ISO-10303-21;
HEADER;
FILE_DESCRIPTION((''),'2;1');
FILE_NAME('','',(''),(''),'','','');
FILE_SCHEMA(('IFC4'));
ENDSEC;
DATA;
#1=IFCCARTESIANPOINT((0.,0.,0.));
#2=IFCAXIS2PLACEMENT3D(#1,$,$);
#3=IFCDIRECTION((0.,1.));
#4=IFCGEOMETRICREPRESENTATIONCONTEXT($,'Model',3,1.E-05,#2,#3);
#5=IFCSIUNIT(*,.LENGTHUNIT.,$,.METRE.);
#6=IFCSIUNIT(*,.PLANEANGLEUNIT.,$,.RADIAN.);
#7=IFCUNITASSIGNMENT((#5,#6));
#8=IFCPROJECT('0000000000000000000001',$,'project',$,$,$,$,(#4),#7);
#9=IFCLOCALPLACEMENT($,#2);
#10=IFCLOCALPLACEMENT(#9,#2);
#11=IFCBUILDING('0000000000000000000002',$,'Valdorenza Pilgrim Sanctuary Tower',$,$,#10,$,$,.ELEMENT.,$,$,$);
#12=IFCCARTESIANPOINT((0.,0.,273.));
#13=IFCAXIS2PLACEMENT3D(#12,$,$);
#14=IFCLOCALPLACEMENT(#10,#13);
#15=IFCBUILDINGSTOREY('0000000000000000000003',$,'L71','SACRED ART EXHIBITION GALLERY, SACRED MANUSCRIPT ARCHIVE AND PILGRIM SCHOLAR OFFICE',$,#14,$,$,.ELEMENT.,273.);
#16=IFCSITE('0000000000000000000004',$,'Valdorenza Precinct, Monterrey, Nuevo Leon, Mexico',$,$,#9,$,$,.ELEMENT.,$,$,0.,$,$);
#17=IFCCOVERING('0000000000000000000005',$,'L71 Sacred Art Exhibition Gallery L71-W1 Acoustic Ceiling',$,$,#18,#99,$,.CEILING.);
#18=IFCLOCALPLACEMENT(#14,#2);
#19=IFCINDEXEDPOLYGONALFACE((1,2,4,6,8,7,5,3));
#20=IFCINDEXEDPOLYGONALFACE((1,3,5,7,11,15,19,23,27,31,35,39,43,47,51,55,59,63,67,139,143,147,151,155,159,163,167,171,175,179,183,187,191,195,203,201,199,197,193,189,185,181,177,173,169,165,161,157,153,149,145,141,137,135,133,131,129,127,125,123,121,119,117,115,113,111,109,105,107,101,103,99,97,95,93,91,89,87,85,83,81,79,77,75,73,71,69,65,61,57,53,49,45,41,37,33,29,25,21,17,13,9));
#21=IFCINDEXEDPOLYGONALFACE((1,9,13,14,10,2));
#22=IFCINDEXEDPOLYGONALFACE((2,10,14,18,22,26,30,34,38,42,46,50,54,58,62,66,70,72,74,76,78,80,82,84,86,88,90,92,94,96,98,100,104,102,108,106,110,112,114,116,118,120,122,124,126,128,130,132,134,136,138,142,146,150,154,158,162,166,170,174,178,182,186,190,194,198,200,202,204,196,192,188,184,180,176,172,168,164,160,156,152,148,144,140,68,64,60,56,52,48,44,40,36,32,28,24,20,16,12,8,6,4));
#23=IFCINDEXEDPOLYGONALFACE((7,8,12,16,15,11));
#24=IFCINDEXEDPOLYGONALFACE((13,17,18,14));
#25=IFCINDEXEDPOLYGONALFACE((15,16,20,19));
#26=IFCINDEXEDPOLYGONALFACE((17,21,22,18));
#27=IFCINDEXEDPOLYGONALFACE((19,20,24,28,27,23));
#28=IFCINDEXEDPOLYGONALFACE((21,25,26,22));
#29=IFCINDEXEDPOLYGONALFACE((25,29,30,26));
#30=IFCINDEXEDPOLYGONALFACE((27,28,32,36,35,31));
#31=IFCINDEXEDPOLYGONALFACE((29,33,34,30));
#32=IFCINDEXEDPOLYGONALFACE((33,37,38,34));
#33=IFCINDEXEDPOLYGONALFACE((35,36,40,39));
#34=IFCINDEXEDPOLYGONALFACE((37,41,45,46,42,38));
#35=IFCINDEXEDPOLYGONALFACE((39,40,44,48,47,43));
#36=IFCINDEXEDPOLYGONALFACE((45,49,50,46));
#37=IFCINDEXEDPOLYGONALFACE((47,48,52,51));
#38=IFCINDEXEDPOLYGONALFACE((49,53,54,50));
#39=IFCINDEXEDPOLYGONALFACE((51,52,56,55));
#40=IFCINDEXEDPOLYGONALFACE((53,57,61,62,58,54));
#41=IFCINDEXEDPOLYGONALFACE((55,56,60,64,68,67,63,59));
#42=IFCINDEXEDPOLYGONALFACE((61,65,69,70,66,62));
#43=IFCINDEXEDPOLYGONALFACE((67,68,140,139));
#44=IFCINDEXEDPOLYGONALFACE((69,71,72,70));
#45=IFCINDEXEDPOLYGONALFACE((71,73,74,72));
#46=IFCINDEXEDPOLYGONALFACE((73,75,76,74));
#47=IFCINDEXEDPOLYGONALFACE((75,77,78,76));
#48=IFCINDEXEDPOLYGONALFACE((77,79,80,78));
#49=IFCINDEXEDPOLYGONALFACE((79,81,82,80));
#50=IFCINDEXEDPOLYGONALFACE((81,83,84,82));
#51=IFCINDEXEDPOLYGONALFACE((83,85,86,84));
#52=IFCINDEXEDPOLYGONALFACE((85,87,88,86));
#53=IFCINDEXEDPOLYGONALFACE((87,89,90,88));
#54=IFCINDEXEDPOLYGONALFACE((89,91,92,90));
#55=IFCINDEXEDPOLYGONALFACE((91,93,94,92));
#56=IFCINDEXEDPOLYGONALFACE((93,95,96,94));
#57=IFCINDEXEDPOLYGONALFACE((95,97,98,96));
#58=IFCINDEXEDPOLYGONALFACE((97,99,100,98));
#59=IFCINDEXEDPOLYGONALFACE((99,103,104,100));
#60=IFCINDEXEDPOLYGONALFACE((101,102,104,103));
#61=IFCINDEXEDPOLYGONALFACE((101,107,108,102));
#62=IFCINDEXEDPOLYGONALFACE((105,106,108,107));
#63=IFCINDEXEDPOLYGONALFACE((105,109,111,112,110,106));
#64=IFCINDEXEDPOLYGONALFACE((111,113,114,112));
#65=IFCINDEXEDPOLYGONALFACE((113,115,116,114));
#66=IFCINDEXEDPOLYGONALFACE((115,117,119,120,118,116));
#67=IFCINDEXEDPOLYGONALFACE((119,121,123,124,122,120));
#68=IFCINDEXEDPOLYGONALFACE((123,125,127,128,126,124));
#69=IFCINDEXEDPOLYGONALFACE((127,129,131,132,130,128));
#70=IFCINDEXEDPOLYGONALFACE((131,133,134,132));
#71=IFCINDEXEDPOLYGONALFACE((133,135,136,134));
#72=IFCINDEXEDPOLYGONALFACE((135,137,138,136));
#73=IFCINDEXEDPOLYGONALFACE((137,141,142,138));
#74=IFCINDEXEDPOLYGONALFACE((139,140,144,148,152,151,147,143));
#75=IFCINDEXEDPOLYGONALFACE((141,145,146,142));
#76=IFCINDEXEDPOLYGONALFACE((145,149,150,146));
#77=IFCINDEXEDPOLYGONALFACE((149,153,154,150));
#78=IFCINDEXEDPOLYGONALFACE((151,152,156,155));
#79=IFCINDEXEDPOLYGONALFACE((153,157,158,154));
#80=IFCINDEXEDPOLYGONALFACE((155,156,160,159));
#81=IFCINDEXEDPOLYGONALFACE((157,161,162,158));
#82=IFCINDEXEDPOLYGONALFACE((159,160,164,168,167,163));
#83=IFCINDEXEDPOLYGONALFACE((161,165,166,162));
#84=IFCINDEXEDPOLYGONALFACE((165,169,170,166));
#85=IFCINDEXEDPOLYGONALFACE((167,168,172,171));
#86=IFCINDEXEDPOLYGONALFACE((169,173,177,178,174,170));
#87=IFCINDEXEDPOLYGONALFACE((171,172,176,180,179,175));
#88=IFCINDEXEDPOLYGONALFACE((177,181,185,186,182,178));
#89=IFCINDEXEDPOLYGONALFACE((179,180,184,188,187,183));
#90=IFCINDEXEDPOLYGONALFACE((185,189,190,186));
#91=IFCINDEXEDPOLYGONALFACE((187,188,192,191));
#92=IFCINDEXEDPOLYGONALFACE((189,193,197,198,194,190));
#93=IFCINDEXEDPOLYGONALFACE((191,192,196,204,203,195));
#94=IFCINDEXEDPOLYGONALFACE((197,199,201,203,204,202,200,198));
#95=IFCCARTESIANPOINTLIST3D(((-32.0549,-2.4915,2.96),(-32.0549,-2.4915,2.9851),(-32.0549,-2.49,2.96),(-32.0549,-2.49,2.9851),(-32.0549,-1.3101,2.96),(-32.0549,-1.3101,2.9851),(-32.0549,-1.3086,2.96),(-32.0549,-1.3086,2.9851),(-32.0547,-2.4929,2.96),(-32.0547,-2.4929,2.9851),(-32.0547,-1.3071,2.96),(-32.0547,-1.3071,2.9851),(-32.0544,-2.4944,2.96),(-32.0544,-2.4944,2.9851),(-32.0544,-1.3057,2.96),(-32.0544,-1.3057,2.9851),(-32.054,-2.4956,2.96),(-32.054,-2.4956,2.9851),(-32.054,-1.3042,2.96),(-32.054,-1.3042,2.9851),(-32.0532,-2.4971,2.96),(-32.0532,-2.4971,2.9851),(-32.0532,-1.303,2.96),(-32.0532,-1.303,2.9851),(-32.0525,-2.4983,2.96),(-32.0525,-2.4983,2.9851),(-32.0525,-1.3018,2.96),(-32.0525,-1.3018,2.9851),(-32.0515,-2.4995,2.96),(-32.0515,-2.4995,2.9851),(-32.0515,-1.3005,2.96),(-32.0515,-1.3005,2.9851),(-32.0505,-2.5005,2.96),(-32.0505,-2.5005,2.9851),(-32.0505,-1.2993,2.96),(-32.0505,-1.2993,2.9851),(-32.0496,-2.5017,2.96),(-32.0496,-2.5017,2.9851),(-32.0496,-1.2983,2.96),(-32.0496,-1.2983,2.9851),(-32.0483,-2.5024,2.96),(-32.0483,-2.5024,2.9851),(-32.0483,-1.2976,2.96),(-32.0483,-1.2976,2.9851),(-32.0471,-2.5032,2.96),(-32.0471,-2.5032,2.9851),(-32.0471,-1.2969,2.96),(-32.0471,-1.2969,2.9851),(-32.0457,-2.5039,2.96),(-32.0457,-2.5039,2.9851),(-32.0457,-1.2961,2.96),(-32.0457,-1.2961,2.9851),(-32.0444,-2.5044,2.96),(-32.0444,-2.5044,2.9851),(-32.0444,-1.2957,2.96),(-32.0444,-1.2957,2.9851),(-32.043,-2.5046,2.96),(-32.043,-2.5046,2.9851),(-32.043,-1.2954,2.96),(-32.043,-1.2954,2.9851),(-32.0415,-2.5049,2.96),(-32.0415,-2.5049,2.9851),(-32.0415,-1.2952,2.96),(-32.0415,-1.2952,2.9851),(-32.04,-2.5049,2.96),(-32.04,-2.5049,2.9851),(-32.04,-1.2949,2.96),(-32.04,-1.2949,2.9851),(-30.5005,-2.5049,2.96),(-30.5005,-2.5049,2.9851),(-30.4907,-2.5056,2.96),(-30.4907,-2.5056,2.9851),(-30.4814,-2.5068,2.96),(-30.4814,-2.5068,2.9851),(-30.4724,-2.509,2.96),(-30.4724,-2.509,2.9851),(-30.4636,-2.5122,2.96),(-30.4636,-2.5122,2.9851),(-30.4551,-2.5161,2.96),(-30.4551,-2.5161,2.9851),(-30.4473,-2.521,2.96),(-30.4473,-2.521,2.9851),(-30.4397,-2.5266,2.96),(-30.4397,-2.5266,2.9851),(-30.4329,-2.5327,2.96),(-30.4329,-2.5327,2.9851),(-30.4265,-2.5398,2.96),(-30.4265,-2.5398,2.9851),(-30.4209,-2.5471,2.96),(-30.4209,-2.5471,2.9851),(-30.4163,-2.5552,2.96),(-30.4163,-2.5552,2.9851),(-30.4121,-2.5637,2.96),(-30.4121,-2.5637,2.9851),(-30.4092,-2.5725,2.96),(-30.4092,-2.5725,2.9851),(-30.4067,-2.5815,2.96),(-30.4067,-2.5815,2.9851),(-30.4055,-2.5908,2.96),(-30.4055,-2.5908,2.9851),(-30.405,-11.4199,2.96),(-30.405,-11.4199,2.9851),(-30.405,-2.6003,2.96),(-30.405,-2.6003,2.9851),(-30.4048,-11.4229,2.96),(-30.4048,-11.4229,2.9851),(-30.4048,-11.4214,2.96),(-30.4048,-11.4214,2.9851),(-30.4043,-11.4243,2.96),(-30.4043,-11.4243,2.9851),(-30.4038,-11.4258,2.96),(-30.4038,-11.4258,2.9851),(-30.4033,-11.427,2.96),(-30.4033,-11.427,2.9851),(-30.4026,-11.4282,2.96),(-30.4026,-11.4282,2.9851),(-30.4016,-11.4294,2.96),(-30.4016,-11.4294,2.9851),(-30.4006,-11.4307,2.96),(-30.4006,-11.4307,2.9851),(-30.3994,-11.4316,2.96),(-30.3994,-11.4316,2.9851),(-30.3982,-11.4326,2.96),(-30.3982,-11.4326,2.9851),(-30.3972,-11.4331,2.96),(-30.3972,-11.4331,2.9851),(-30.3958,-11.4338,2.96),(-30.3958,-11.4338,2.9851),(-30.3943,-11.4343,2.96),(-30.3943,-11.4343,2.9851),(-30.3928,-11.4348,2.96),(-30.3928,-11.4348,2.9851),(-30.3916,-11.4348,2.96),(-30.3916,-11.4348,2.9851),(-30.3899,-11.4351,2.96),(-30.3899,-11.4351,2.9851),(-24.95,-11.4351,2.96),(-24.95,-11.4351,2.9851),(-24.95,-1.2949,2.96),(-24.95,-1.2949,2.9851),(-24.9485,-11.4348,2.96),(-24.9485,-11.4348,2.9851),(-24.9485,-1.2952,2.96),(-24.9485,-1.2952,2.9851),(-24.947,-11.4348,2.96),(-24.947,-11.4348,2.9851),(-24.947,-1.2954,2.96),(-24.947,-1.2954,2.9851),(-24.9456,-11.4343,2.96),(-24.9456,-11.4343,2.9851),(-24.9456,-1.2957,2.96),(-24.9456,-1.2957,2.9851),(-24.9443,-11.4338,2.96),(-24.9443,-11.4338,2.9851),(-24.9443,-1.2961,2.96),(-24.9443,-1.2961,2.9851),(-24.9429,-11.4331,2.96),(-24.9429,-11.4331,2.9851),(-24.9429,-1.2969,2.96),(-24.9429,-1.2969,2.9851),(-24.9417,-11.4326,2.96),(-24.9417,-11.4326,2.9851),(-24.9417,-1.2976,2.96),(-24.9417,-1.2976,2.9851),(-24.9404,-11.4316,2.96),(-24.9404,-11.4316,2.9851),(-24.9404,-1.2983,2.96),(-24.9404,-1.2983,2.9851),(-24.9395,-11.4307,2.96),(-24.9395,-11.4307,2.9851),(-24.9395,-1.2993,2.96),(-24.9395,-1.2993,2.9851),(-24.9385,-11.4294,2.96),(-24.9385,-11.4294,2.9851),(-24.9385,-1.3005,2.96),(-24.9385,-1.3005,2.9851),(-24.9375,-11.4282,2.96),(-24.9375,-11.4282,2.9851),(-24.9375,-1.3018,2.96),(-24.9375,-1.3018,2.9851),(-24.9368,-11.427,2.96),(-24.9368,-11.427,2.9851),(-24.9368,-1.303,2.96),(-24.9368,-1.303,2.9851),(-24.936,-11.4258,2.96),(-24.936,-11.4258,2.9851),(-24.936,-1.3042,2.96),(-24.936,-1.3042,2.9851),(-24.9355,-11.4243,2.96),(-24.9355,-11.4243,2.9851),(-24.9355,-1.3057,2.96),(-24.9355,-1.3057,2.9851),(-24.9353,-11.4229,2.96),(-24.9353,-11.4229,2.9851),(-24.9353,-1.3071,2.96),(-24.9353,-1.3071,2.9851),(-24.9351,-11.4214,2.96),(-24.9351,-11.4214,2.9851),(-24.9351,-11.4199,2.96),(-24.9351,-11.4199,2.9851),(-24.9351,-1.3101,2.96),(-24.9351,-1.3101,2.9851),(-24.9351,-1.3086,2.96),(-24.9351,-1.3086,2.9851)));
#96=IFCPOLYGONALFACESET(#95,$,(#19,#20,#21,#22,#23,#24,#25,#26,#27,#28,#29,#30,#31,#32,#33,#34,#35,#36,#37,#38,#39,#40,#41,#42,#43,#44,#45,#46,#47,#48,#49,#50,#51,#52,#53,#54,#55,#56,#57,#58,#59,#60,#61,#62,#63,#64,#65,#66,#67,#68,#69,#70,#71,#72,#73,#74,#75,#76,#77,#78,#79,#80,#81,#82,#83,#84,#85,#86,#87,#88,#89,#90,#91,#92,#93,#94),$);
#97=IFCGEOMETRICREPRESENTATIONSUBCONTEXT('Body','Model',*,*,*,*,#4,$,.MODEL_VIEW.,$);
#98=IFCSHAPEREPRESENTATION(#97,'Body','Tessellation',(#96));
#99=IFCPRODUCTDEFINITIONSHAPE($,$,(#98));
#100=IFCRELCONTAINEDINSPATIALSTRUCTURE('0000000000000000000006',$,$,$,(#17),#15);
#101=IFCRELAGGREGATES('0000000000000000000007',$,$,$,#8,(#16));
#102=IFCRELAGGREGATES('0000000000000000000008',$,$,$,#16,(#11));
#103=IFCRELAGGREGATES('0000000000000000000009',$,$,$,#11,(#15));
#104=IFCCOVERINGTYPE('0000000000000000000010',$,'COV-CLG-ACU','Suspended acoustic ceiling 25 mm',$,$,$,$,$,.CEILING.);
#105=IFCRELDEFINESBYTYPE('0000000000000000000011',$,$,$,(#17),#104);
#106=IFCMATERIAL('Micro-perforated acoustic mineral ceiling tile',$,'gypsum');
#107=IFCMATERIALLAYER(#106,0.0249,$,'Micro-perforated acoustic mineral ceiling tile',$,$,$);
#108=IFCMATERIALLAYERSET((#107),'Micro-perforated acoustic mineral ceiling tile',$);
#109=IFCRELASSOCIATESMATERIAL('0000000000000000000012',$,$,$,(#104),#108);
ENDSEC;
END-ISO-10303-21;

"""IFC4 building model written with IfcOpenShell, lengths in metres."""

from ifc_helpers import new_model, si_unit, direction, frame, origin, place, context, subcontext, project, spatial, polyline, outline, extrude, material, layer, layer_set, type_object, element, save


model = new_model("IFC4")

# Units and contexts
model_context = context("Model", 3, precision=1e-05, world=origin(), true_north=direction((0.0, 1.0)))
body_context = subcontext(model_context, "Body", "Model", "MODEL_VIEW")
ifc_project = project(units=[si_unit("LENGTHUNIT", "METRE"), si_unit("PLANEANGLEUNIT", "RADIAN")], contexts=[model_context])

# Site, building, storey
site_placement = place(None, origin())
site = spatial("IfcSite", under=ifc_project, at=site_placement, Name="Valdorenza Precinct, Monterrey, Nuevo Leon, Mexico", CompositionType="ELEMENT", RefElevation=0.0)
building_placement = place(site_placement, origin())
building = spatial("IfcBuilding", under=site, at=building_placement, Name="Valdorenza Pilgrim Sanctuary Tower", CompositionType="ELEMENT")
storey_placement = place(building_placement, frame((0.0, 0.0, 273.0)))
storey = spatial("IfcBuildingStorey", under=building, at=storey_placement, Name="L71", Description="SACRED ART EXHIBITION GALLERY, SACRED MANUSCRIPT ARCHIVE AND PILGRIM SCHOLAR OFFICE", CompositionType="ELEMENT", Elevation=273.0)

# Covering
ifc_material_1 = material(Name="Micro-perforated acoustic mineral ceiling tile", Category="gypsum")
ifc_layer_1 = layer(ifc_material_1, 0.0249, Name="Micro-perforated acoustic mineral ceiling tile")
ifc_layer_set_1 = layer_set([ifc_layer_1], Name="Micro-perforated acoustic mineral ceiling tile")
covering_type_1 = type_object("IfcCoveringType", Name="COV-CLG-ACU", Description="Suspended acoustic ceiling 25 mm", PredefinedType="CEILING", material=ifc_layer_set_1)
covering_1_placement = place(storey_placement, frame((0.0, 0.0, 2.96)))
element("IfcCovering", 1, at=covering_1_placement, inside=storey, type_object=covering_type_1, Name="L71 Sacred Art Exhibition Gallery L71-W1 Acoustic Ceiling", PredefinedType="CEILING", context=body_context, shape_type="SweptSolid", body=[
    extrude(outline(polyline([(-24.9351, -11.4199), (-24.9351, -11.4214), (-24.9353, -11.4229), (-24.9355, -11.4243), (-24.936, -11.4258), (-24.9368, -11.427), (-24.9375, -11.4282), (-24.9385, -11.4294), (-24.9395, -11.4307), (-24.9404, -11.4316), (-24.9417, -11.4326), (-24.9429, -11.4331), (-24.9443, -11.4338), (-24.9456, -11.4343), (-24.947, -11.4348), (-24.9485, -11.4348), (-24.95, -11.4351), (-30.3899, -11.4351), (-30.3916, -11.4348), (-30.3928, -11.4348), (-30.3943, -11.4343), (-30.3958, -11.4338), (-30.3972, -11.4331), (-30.3982, -11.4326), (-30.3994, -11.4316), (-30.4006, -11.4307), (-30.4016, -11.4294), (-30.4026, -11.4282), (-30.4033, -11.427), (-30.4038, -11.4258), (-30.4043, -11.4243), (-30.4048, -11.4229), (-30.4048, -11.4214), (-30.405, -11.4199), (-30.405, -2.6003), (-30.4055, -2.5908), (-30.4067, -2.5815), (-30.4092, -2.5725), (-30.4121, -2.5637), (-30.4163, -2.5552), (-30.4209, -2.5471), (-30.4265, -2.5398), (-30.4329, -2.5327), (-30.4397, -2.5266), (-30.4473, -2.521), (-30.4551, -2.5161), (-30.4636, -2.5122), (-30.4724, -2.509), (-30.4814, -2.5068), (-30.4907, -2.5056), (-30.5005, -2.5049), (-32.04, -2.5049), (-32.0415, -2.5049), (-32.043, -2.5046), (-32.0444, -2.5044), (-32.0457, -2.5039), (-32.0471, -2.5032), (-32.0483, -2.5024), (-32.0496, -2.5017), (-32.0505, -2.5005), (-32.0515, -2.4995), (-32.0525, -2.4983), (-32.0532, -2.4971), (-32.054, -2.4956), (-32.0544, -2.4944), (-32.0547, -2.4929), (-32.0549, -2.4915), (-32.0549, -2.49), (-32.0549, -1.3101), (-32.0549, -1.3086), (-32.0547, -1.3071), (-32.0544, -1.3057), (-32.054, -1.3042), (-32.0532, -1.303), (-32.0525, -1.3018), (-32.0515, -1.3005), (-32.0505, -1.2993), (-32.0496, -1.2983), (-32.0483, -1.2976), (-32.0471, -1.2969), (-32.0457, -1.2961), (-32.0444, -1.2957), (-32.043, -1.2954), (-32.0415, -1.2952), (-32.04, -1.2949), (-24.95, -1.2949), (-24.9485, -1.2952), (-24.947, -1.2954), (-24.9456, -1.2957), (-24.9443, -1.2961), (-24.9429, -1.2969), (-24.9417, -1.2976), (-24.9404, -1.2983), (-24.9395, -1.2993), (-24.9385, -1.3005), (-24.9375, -1.3018), (-24.9368, -1.303), (-24.936, -1.3042), (-24.9355, -1.3057), (-24.9353, -1.3071), (-24.9351, -1.3086), (-24.9351, -1.3101), (-24.9351, -11.4199)])), origin(), (0.0, 0.0, 1.0), 0.0251),
])

save(model, "model.ifc")
